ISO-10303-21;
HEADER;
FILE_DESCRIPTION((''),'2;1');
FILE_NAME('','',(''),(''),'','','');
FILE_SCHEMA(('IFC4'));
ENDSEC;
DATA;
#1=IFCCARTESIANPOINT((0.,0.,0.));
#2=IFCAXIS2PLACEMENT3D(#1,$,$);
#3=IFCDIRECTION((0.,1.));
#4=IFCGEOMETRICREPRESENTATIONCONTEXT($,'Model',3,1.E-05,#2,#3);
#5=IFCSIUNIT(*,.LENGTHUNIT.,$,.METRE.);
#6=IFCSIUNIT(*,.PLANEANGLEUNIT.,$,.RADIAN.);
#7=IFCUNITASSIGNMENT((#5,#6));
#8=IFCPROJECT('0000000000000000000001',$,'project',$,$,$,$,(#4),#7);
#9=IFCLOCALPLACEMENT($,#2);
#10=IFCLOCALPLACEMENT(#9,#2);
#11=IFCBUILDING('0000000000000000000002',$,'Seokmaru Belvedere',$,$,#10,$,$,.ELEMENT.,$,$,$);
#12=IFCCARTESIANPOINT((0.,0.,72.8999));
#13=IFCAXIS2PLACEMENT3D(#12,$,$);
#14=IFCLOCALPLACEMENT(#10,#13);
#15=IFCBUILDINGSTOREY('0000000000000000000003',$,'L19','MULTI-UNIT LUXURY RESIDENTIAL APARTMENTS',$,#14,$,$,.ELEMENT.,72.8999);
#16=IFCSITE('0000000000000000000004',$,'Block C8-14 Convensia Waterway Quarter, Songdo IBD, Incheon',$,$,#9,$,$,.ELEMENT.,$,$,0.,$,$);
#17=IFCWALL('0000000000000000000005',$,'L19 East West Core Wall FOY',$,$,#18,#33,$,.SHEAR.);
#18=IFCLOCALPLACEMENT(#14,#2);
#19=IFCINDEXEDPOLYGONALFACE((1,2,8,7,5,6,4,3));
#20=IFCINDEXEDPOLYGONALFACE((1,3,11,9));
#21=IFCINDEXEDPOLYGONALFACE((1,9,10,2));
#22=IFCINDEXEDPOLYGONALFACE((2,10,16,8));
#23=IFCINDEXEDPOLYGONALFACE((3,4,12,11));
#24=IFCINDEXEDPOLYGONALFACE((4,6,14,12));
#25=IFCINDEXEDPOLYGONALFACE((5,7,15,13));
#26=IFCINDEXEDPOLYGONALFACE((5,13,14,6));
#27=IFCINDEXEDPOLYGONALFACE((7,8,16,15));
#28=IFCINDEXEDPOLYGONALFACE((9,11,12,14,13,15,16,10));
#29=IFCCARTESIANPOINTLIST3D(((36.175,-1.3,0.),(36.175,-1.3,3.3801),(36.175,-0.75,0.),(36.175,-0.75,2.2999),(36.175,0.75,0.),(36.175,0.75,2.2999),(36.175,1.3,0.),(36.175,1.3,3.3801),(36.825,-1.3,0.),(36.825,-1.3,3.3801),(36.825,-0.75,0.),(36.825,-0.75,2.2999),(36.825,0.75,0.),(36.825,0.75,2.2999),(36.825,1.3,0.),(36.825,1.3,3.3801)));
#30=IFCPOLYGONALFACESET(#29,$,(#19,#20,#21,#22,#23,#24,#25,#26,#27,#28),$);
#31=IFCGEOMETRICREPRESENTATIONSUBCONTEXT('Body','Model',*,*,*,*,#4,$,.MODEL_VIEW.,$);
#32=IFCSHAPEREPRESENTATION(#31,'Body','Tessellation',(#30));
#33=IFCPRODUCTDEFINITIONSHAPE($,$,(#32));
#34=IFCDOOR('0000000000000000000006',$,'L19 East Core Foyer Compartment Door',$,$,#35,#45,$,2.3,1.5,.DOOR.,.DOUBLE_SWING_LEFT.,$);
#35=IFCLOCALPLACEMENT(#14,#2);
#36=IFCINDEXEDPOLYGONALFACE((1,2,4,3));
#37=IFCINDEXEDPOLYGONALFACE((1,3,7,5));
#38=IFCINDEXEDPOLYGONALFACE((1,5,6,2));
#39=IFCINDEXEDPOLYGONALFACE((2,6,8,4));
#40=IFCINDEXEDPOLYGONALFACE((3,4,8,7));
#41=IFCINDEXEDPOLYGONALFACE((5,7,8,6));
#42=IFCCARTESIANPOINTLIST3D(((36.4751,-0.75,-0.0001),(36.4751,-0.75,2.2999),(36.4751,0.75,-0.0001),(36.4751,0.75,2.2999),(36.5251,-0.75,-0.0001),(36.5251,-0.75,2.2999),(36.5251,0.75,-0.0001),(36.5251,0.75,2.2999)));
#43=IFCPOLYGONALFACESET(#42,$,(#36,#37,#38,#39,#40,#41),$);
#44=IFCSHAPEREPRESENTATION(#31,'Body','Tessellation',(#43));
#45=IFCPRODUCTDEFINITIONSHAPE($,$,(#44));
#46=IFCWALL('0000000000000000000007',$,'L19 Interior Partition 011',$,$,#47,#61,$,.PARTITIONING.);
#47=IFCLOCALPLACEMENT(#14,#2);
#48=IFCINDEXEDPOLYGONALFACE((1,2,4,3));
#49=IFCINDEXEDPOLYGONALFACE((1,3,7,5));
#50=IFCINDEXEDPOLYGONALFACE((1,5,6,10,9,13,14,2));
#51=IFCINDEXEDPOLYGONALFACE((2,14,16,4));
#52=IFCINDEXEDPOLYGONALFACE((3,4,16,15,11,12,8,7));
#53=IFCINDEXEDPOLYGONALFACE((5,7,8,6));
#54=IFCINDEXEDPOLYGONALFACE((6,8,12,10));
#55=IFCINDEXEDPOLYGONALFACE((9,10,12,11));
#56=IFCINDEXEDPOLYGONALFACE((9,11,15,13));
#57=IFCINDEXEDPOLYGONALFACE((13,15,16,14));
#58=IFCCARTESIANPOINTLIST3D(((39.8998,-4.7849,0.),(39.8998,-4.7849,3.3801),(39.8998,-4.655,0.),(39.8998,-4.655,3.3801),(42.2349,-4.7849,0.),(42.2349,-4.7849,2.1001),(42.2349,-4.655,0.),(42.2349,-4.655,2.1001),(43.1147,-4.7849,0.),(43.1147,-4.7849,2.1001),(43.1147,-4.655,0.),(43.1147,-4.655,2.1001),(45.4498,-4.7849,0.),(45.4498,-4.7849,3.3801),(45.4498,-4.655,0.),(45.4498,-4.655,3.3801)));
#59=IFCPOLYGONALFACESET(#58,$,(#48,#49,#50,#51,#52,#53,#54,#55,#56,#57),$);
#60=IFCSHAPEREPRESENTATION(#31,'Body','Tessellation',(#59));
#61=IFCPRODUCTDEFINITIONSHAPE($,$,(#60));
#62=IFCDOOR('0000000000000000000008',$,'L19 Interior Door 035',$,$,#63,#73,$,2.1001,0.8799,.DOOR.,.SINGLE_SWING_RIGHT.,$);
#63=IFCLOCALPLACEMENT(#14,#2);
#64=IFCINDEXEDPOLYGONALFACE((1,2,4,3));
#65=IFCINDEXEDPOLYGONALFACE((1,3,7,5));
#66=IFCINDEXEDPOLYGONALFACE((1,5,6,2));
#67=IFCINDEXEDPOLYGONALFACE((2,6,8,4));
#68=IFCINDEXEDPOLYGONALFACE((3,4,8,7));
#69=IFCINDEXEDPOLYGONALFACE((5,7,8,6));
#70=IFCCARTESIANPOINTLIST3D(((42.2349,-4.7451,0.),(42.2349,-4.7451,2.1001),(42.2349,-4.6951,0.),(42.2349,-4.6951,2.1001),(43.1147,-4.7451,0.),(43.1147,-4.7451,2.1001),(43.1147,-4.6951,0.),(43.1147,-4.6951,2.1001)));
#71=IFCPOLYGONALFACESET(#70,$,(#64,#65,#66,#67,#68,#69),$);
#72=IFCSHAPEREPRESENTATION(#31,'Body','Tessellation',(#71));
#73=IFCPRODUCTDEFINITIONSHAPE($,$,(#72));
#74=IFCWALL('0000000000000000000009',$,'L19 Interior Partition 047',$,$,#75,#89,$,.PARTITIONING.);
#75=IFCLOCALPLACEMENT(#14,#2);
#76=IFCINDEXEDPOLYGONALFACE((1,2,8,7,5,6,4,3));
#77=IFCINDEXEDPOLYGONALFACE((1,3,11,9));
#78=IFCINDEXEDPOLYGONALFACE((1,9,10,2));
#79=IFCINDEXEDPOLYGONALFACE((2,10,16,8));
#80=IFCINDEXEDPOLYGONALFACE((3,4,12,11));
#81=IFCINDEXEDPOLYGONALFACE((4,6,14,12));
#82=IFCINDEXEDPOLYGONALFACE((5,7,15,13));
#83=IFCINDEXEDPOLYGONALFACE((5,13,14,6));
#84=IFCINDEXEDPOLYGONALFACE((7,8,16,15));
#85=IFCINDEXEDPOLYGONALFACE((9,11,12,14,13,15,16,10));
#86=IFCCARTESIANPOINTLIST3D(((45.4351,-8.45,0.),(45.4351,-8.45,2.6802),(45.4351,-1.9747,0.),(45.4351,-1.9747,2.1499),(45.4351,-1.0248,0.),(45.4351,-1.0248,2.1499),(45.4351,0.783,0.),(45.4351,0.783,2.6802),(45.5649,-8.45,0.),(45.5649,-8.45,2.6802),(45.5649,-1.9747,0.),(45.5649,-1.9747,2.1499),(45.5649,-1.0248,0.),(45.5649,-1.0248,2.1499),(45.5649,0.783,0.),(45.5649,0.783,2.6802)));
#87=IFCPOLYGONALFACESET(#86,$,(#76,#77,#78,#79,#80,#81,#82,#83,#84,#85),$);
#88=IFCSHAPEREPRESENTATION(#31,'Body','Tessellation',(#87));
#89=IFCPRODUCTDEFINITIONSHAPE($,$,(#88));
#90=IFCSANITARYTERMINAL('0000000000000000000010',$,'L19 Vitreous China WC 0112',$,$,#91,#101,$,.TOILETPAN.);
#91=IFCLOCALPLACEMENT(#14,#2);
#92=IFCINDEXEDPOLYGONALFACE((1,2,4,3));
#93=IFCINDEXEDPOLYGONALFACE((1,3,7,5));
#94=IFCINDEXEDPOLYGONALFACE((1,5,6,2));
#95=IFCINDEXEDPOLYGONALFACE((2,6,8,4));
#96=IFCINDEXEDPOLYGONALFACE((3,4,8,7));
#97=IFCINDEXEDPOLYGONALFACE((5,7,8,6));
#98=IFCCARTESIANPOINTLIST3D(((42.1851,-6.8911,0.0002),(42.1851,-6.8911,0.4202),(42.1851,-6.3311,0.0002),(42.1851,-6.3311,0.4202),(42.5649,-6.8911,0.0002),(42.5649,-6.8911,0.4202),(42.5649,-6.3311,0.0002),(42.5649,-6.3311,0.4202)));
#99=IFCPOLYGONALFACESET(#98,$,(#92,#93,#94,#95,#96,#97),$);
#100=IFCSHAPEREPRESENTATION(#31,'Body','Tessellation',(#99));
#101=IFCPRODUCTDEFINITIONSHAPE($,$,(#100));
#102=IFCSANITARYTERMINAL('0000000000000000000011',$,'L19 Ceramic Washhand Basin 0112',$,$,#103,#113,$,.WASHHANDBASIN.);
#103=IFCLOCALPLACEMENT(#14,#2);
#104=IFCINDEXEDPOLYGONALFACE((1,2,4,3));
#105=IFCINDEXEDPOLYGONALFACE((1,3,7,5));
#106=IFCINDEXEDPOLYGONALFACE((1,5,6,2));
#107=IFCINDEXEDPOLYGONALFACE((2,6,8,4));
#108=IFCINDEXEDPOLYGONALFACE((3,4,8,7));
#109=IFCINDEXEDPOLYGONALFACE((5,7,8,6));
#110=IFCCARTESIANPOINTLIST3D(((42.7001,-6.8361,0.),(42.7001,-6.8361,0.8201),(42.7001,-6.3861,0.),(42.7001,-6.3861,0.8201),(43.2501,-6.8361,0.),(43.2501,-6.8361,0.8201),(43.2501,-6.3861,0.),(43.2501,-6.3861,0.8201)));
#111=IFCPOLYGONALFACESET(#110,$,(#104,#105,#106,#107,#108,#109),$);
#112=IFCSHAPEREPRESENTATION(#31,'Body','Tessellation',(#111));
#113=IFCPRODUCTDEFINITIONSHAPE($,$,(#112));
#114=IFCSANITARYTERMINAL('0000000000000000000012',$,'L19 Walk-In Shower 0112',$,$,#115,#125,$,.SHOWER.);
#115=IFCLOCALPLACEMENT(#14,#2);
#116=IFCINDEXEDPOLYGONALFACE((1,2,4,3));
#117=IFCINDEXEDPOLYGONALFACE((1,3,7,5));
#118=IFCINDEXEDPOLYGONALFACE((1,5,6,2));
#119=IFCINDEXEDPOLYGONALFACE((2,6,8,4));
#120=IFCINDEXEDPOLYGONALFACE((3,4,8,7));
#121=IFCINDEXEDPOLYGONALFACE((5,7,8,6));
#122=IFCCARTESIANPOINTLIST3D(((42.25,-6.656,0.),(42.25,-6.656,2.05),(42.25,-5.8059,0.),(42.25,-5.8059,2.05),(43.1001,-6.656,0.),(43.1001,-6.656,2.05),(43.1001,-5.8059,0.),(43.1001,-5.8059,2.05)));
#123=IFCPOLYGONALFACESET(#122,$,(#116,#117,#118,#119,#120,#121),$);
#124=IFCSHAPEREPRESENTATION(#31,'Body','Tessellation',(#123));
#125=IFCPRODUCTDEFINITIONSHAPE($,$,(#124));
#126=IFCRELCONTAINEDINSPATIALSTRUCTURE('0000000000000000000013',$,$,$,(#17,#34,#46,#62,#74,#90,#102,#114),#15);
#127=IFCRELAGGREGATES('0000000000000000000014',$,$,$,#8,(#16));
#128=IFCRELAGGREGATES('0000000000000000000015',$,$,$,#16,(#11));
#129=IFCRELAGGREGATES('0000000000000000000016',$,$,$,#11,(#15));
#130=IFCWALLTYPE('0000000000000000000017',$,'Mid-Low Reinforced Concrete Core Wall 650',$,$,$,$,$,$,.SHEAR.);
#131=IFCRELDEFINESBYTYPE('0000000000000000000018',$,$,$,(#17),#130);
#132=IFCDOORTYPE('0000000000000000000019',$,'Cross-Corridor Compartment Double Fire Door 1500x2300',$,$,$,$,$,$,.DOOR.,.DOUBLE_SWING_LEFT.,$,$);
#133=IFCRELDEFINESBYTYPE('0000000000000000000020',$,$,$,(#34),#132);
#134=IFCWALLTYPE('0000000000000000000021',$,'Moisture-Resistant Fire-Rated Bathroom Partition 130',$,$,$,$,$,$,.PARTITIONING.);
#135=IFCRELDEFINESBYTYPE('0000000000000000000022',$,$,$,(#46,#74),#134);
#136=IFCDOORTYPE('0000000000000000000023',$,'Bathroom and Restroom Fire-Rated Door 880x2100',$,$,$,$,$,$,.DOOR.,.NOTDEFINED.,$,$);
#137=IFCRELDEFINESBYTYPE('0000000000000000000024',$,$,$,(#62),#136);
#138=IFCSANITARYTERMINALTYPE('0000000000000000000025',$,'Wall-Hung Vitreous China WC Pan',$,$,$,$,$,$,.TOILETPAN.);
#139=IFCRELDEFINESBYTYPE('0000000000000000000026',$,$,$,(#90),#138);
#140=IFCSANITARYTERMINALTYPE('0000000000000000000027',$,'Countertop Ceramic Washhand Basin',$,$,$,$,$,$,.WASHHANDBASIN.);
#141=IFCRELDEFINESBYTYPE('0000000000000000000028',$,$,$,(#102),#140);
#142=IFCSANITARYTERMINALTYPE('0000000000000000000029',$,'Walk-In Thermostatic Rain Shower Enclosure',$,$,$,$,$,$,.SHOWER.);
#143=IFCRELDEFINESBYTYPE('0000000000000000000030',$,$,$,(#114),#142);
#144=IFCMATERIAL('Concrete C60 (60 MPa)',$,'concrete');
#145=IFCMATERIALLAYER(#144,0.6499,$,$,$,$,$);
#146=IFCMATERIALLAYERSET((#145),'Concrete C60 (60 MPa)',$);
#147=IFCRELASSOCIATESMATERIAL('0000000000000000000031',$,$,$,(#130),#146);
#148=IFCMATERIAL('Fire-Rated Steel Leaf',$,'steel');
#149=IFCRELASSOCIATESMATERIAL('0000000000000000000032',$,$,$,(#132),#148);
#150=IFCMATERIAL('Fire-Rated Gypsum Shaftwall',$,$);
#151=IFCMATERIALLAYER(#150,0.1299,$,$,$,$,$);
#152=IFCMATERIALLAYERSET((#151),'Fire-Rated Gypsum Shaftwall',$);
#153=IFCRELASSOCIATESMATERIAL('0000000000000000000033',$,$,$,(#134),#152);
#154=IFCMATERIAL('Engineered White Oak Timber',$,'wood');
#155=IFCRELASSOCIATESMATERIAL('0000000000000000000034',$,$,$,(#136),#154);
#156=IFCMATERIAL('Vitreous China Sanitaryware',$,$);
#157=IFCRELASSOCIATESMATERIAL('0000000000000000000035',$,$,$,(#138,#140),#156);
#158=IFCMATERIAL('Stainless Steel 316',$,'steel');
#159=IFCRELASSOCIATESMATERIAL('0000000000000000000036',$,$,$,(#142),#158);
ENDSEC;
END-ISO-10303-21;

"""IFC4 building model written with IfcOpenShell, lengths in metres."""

from ifc_helpers import new_model, si_unit, direction, frame, frame_2d, origin, origin_2d, place, context, subcontext, project, spatial, rectangle, extrude, source, transform, mapped, material, layer, layer_set, type_object, type_shapes, element, fill, save


model = new_model("IFC4")

# Units and contexts
model_context = context("Model", 3, precision=1e-05, world=origin(), true_north=direction((0.0, 1.0)))
body_context = subcontext(model_context, "Body", "Model", "MODEL_VIEW")
ifc_project = project(units=[si_unit("LENGTHUNIT", "METRE"), si_unit("PLANEANGLEUNIT", "RADIAN")], contexts=[model_context])

# Site, building, storey
site_placement = place(None, origin())
site = spatial("IfcSite", under=ifc_project, at=site_placement, Name="Block C8-14 Convensia Waterway Quarter, Songdo IBD, Incheon", CompositionType="ELEMENT", RefElevation=0.0)
building_placement = place(site_placement, origin())
building = spatial("IfcBuilding", under=site, at=building_placement, Name="Seokmaru Belvedere", CompositionType="ELEMENT")
storey_placement = place(building_placement, frame((0.0, 0.0, 72.8999)))
storey = spatial("IfcBuildingStorey", under=building, at=storey_placement, Name="L19", Description="MULTI-UNIT LUXURY RESIDENTIAL APARTMENTS", CompositionType="ELEMENT", Elevation=72.8999)

# Shared definitions
ifc_material_1 = material(Name="Fire-Rated Gypsum Shaftwall")

# Walls, openings, doors
ifc_material_2 = material(Name="Concrete C60 (60 MPa)", Category="concrete")
ifc_layer_1 = layer(ifc_material_2, 0.6499)
ifc_layer_set_1 = layer_set([ifc_layer_1], Name="Concrete C60 (60 MPa)")
wall_type_1 = type_object("IfcWallType", Name="Mid-Low Reinforced Concrete Core Wall 650", PredefinedType="SHEAR", material=ifc_layer_set_1)
wall_1_placement = place(storey_placement, frame((36.5, -1.3, 0.0), z_axis=(0.0, 0.0, 1.0), x_axis=(0.0, 1.0, 0.0)))
wall_1 = element("IfcWall", 1, at=wall_1_placement, inside=storey, type_object=wall_type_1, Name="L19 East West Core Wall FOY", PredefinedType="SHEAR", context=body_context, shape_type="SweptSolid", body=[
    extrude(rectangle(XDim=2.6001, YDim=0.6499, at=frame_2d((1.3, 0.0))), origin(), (0.0, 0.0, 1.0), 3.3801),
])
opening_1_placement = place(wall_1_placement, frame((0.55, 0.0, 0.0)))
opening_1 = element("IfcOpeningElement", 2, at=opening_1_placement, cuts=wall_1, PredefinedType="OPENING", context=body_context, shape_type="SweptSolid", body=[
    extrude(rectangle(XDim=1.5, YDim=2.3, at=frame_2d((0.75, 1.1499))), frame((0.0, 0.335, 0.0), z_axis=(0.0, -1.0, 0.0), x_axis=(1.0, 0.0, 0.0)), (0.0, 0.0, 1.0), 0.6699),
])
ifc_material_3 = material(Name="Fire-Rated Steel Leaf", Category="steel")
door_type_1 = type_object("IfcDoorType", Name="Cross-Corridor Compartment Double Fire Door 1500x2300", OperationType="DOUBLE_SWING_LEFT", PredefinedType="DOOR", material=ifc_material_3)
shared_shape_1 = source(origin(), body_context, "Body", "SweptSolid", [
    extrude(rectangle(XDim=1.5, YDim=2.3, at=frame_2d((0.75, 1.1499))), frame((0.0, 0.0249, 0.0), z_axis=(0.0, -1.0, 0.0), x_axis=(1.0, 0.0, 0.0)), (0.0, 0.0, 1.0), 0.05),
])
type_shapes(door_type_1, [shared_shape_1])
door_1_placement = place(opening_1_placement, origin())
door_1 = element("IfcDoor", 3, at=door_1_placement, inside=storey, type_object=door_type_1, Name="L19 East Core Foyer Compartment Door", OperationType="DOUBLE_SWING_LEFT", OverallHeight=2.3, OverallWidth=1.5, PredefinedType="DOOR", context=body_context, shape_type="MappedRepresentation", body=[
    mapped(shared_shape_1, transform((0.0, 0.0, 0.0), scale=1.0)),
])
fill(opening_1, door_1)
ifc_layer_2 = layer(ifc_material_1, 0.1299)
ifc_layer_set_2 = layer_set([ifc_layer_2], Name="Fire-Rated Gypsum Shaftwall")
wall_type_2 = type_object("IfcWallType", Name="Moisture-Resistant Fire-Rated Bathroom Partition 130", PredefinedType="PARTITIONING", material=ifc_layer_set_2)
wall_2_placement = place(storey_placement, frame((39.8999, -4.72, 0.0), z_axis=(0.0, 0.0, 1.0), x_axis=(1.0, 0.0, 0.0)))
wall_2 = element("IfcWall", 4, at=wall_2_placement, inside=storey, type_object=wall_type_2, Name="L19 Interior Partition 011", PredefinedType="PARTITIONING", context=body_context, shape_type="SweptSolid", body=[
    extrude(rectangle(XDim=5.55, YDim=0.1299, at=frame_2d((2.7749, 0.0))), origin(), (0.0, 0.0, 1.0), 3.3801),
])
opening_2_placement = place(wall_2_placement, frame((2.335, 0.0, 0.0)))
opening_2 = element("IfcOpeningElement", 5, at=opening_2_placement, cuts=wall_2, PredefinedType="OPENING", context=body_context, shape_type="SweptSolid", body=[
    extrude(rectangle(XDim=0.8799, YDim=2.1001, at=frame_2d((0.4399, 1.05))), frame((0.0, 0.075, 0.0), z_axis=(0.0, -1.0, 0.0), x_axis=(1.0, 0.0, 0.0)), (0.0, 0.0, 1.0), 0.1499),
])
ifc_material_4 = material(Name="Engineered White Oak Timber", Category="wood")
door_type_2 = type_object("IfcDoorType", Name="Bathroom and Restroom Fire-Rated Door 880x2100", OperationType="NOTDEFINED", PredefinedType="DOOR", material=ifc_material_4)
shared_shape_2 = source(origin(), body_context, "Body", "SweptSolid", [
    extrude(rectangle(XDim=0.8799, YDim=2.1001, at=frame_2d((0.4399, 1.05))), frame((0.0, 0.0249, 0.0), z_axis=(0.0, -1.0, 0.0), x_axis=(1.0, 0.0, 0.0)), (0.0, 0.0, 1.0), 0.05),
])
type_shapes(door_type_2, [shared_shape_2])
door_2_placement = place(opening_2_placement, origin())
door_2 = element("IfcDoor", 6, at=door_2_placement, inside=storey, type_object=door_type_2, Name="L19 Interior Door 035", OperationType="SINGLE_SWING_RIGHT", OverallHeight=2.1001, OverallWidth=0.8799, PredefinedType="DOOR", context=body_context, shape_type="MappedRepresentation", body=[
    mapped(shared_shape_2, transform((0.0, 0.0, 0.0), scale=1.0)),
])
fill(opening_2, door_2)

# Wall, opening
wall_3_placement = place(storey_placement, frame((45.5, -8.45, 0.0), z_axis=(0.0, 0.0, 1.0), x_axis=(0.0, 1.0, 0.0)))
wall_3 = element("IfcWall", 7, at=wall_3_placement, inside=storey, type_object=wall_type_2, Name="L19 Interior Partition 047", PredefinedType="PARTITIONING", context=body_context, shape_type="SweptSolid", body=[
    extrude(rectangle(XDim=9.2329, YDim=0.1299, at=frame_2d((4.6165, 0.0))), origin(), (0.0, 0.0, 1.0), 2.6802),
])
opening_3_placement = place(wall_3_placement, frame((6.4751, 0.0, 0.0)))
element("IfcOpeningElement", 8, at=opening_3_placement, cuts=wall_3, PredefinedType="OPENING", context=body_context, shape_type="SweptSolid", body=[
    extrude(rectangle(XDim=0.95, YDim=2.1499, at=frame_2d((0.4751, 1.075))), frame((0.0, 0.075, 0.0), z_axis=(0.0, -1.0, 0.0), x_axis=(1.0, 0.0, 0.0)), (0.0, 0.0, 1.0), 0.1499),
])

# Sanitary terminals
ifc_material_5 = material(Name="Vitreous China Sanitaryware")
sanitary_terminal_type_1 = type_object("IfcSanitaryTerminalType", Name="Wall-Hung Vitreous China WC Pan", PredefinedType="TOILETPAN", material=ifc_material_5)
shared_shape_3 = source(origin(), body_context, "Body", "SweptSolid", [
    extrude(rectangle(XDim=0.3799, YDim=0.5601, at=origin_2d()), origin(), (0.0, 0.0, 1.0), 0.4199),
])
type_shapes(sanitary_terminal_type_1, [shared_shape_3])
sanitary_terminal_1_placement = place(storey_placement, frame((42.375, -6.6111, 0.0002), z_axis=(0.0, 0.0, 1.0), x_axis=(1.0, 0.0, 0.0)))
element("IfcSanitaryTerminal", 9, at=sanitary_terminal_1_placement, inside=storey, type_object=sanitary_terminal_type_1, Name="L19 Vitreous China WC 0112", PredefinedType="TOILETPAN", context=body_context, shape_type="MappedRepresentation", body=[
    mapped(shared_shape_3, transform((0.0, 0.0, 0.0), scale=1.0)),
])
sanitary_terminal_type_2 = type_object("IfcSanitaryTerminalType", Name="Countertop Ceramic Washhand Basin", PredefinedType="WASHHANDBASIN", material=ifc_material_5)
shared_shape_4 = source(origin(), body_context, "Body", "SweptSolid", [
    extrude(rectangle(XDim=0.55, YDim=0.45, at=origin_2d()), origin(), (0.0, 0.0, 1.0), 0.8201),
])
type_shapes(sanitary_terminal_type_2, [shared_shape_4])
sanitary_terminal_2_placement = place(storey_placement, frame((42.9751, -6.6111, 0.0), z_axis=(0.0, 0.0, 1.0), x_axis=(1.0, 0.0, 0.0)))
element("IfcSanitaryTerminal", 10, at=sanitary_terminal_2_placement, inside=storey, type_object=sanitary_terminal_type_2, Name="L19 Ceramic Washhand Basin 0112", PredefinedType="WASHHANDBASIN", context=body_context, shape_type="MappedRepresentation", body=[
    mapped(shared_shape_4, transform((0.0, 0.0, 0.0), scale=1.0)),
])
ifc_material_6 = material(Name="Stainless Steel 316", Category="steel")
sanitary_terminal_type_3 = type_object("IfcSanitaryTerminalType", Name="Walk-In Thermostatic Rain Shower Enclosure", PredefinedType="SHOWER", material=ifc_material_6)
shared_shape_5 = source(origin(), body_context, "Body", "SweptSolid", [
    extrude(rectangle(XDim=0.8501, YDim=0.8501, at=origin_2d()), origin(), (0.0, 0.0, 1.0), 2.05),
])
type_shapes(sanitary_terminal_type_3, [shared_shape_5])
sanitary_terminal_3_placement = place(storey_placement, frame((42.675, -6.231, 0.0), z_axis=(0.0, 0.0, 1.0), x_axis=(1.0, 0.0, 0.0)))
element("IfcSanitaryTerminal", 11, at=sanitary_terminal_3_placement, inside=storey, type_object=sanitary_terminal_type_3, Name="L19 Walk-In Shower 0112", PredefinedType="SHOWER", context=body_context, shape_type="MappedRepresentation", body=[
    mapped(shared_shape_5, transform((0.0, 0.0, 0.0), scale=1.0)),
])

save(model, "model.ifc")
